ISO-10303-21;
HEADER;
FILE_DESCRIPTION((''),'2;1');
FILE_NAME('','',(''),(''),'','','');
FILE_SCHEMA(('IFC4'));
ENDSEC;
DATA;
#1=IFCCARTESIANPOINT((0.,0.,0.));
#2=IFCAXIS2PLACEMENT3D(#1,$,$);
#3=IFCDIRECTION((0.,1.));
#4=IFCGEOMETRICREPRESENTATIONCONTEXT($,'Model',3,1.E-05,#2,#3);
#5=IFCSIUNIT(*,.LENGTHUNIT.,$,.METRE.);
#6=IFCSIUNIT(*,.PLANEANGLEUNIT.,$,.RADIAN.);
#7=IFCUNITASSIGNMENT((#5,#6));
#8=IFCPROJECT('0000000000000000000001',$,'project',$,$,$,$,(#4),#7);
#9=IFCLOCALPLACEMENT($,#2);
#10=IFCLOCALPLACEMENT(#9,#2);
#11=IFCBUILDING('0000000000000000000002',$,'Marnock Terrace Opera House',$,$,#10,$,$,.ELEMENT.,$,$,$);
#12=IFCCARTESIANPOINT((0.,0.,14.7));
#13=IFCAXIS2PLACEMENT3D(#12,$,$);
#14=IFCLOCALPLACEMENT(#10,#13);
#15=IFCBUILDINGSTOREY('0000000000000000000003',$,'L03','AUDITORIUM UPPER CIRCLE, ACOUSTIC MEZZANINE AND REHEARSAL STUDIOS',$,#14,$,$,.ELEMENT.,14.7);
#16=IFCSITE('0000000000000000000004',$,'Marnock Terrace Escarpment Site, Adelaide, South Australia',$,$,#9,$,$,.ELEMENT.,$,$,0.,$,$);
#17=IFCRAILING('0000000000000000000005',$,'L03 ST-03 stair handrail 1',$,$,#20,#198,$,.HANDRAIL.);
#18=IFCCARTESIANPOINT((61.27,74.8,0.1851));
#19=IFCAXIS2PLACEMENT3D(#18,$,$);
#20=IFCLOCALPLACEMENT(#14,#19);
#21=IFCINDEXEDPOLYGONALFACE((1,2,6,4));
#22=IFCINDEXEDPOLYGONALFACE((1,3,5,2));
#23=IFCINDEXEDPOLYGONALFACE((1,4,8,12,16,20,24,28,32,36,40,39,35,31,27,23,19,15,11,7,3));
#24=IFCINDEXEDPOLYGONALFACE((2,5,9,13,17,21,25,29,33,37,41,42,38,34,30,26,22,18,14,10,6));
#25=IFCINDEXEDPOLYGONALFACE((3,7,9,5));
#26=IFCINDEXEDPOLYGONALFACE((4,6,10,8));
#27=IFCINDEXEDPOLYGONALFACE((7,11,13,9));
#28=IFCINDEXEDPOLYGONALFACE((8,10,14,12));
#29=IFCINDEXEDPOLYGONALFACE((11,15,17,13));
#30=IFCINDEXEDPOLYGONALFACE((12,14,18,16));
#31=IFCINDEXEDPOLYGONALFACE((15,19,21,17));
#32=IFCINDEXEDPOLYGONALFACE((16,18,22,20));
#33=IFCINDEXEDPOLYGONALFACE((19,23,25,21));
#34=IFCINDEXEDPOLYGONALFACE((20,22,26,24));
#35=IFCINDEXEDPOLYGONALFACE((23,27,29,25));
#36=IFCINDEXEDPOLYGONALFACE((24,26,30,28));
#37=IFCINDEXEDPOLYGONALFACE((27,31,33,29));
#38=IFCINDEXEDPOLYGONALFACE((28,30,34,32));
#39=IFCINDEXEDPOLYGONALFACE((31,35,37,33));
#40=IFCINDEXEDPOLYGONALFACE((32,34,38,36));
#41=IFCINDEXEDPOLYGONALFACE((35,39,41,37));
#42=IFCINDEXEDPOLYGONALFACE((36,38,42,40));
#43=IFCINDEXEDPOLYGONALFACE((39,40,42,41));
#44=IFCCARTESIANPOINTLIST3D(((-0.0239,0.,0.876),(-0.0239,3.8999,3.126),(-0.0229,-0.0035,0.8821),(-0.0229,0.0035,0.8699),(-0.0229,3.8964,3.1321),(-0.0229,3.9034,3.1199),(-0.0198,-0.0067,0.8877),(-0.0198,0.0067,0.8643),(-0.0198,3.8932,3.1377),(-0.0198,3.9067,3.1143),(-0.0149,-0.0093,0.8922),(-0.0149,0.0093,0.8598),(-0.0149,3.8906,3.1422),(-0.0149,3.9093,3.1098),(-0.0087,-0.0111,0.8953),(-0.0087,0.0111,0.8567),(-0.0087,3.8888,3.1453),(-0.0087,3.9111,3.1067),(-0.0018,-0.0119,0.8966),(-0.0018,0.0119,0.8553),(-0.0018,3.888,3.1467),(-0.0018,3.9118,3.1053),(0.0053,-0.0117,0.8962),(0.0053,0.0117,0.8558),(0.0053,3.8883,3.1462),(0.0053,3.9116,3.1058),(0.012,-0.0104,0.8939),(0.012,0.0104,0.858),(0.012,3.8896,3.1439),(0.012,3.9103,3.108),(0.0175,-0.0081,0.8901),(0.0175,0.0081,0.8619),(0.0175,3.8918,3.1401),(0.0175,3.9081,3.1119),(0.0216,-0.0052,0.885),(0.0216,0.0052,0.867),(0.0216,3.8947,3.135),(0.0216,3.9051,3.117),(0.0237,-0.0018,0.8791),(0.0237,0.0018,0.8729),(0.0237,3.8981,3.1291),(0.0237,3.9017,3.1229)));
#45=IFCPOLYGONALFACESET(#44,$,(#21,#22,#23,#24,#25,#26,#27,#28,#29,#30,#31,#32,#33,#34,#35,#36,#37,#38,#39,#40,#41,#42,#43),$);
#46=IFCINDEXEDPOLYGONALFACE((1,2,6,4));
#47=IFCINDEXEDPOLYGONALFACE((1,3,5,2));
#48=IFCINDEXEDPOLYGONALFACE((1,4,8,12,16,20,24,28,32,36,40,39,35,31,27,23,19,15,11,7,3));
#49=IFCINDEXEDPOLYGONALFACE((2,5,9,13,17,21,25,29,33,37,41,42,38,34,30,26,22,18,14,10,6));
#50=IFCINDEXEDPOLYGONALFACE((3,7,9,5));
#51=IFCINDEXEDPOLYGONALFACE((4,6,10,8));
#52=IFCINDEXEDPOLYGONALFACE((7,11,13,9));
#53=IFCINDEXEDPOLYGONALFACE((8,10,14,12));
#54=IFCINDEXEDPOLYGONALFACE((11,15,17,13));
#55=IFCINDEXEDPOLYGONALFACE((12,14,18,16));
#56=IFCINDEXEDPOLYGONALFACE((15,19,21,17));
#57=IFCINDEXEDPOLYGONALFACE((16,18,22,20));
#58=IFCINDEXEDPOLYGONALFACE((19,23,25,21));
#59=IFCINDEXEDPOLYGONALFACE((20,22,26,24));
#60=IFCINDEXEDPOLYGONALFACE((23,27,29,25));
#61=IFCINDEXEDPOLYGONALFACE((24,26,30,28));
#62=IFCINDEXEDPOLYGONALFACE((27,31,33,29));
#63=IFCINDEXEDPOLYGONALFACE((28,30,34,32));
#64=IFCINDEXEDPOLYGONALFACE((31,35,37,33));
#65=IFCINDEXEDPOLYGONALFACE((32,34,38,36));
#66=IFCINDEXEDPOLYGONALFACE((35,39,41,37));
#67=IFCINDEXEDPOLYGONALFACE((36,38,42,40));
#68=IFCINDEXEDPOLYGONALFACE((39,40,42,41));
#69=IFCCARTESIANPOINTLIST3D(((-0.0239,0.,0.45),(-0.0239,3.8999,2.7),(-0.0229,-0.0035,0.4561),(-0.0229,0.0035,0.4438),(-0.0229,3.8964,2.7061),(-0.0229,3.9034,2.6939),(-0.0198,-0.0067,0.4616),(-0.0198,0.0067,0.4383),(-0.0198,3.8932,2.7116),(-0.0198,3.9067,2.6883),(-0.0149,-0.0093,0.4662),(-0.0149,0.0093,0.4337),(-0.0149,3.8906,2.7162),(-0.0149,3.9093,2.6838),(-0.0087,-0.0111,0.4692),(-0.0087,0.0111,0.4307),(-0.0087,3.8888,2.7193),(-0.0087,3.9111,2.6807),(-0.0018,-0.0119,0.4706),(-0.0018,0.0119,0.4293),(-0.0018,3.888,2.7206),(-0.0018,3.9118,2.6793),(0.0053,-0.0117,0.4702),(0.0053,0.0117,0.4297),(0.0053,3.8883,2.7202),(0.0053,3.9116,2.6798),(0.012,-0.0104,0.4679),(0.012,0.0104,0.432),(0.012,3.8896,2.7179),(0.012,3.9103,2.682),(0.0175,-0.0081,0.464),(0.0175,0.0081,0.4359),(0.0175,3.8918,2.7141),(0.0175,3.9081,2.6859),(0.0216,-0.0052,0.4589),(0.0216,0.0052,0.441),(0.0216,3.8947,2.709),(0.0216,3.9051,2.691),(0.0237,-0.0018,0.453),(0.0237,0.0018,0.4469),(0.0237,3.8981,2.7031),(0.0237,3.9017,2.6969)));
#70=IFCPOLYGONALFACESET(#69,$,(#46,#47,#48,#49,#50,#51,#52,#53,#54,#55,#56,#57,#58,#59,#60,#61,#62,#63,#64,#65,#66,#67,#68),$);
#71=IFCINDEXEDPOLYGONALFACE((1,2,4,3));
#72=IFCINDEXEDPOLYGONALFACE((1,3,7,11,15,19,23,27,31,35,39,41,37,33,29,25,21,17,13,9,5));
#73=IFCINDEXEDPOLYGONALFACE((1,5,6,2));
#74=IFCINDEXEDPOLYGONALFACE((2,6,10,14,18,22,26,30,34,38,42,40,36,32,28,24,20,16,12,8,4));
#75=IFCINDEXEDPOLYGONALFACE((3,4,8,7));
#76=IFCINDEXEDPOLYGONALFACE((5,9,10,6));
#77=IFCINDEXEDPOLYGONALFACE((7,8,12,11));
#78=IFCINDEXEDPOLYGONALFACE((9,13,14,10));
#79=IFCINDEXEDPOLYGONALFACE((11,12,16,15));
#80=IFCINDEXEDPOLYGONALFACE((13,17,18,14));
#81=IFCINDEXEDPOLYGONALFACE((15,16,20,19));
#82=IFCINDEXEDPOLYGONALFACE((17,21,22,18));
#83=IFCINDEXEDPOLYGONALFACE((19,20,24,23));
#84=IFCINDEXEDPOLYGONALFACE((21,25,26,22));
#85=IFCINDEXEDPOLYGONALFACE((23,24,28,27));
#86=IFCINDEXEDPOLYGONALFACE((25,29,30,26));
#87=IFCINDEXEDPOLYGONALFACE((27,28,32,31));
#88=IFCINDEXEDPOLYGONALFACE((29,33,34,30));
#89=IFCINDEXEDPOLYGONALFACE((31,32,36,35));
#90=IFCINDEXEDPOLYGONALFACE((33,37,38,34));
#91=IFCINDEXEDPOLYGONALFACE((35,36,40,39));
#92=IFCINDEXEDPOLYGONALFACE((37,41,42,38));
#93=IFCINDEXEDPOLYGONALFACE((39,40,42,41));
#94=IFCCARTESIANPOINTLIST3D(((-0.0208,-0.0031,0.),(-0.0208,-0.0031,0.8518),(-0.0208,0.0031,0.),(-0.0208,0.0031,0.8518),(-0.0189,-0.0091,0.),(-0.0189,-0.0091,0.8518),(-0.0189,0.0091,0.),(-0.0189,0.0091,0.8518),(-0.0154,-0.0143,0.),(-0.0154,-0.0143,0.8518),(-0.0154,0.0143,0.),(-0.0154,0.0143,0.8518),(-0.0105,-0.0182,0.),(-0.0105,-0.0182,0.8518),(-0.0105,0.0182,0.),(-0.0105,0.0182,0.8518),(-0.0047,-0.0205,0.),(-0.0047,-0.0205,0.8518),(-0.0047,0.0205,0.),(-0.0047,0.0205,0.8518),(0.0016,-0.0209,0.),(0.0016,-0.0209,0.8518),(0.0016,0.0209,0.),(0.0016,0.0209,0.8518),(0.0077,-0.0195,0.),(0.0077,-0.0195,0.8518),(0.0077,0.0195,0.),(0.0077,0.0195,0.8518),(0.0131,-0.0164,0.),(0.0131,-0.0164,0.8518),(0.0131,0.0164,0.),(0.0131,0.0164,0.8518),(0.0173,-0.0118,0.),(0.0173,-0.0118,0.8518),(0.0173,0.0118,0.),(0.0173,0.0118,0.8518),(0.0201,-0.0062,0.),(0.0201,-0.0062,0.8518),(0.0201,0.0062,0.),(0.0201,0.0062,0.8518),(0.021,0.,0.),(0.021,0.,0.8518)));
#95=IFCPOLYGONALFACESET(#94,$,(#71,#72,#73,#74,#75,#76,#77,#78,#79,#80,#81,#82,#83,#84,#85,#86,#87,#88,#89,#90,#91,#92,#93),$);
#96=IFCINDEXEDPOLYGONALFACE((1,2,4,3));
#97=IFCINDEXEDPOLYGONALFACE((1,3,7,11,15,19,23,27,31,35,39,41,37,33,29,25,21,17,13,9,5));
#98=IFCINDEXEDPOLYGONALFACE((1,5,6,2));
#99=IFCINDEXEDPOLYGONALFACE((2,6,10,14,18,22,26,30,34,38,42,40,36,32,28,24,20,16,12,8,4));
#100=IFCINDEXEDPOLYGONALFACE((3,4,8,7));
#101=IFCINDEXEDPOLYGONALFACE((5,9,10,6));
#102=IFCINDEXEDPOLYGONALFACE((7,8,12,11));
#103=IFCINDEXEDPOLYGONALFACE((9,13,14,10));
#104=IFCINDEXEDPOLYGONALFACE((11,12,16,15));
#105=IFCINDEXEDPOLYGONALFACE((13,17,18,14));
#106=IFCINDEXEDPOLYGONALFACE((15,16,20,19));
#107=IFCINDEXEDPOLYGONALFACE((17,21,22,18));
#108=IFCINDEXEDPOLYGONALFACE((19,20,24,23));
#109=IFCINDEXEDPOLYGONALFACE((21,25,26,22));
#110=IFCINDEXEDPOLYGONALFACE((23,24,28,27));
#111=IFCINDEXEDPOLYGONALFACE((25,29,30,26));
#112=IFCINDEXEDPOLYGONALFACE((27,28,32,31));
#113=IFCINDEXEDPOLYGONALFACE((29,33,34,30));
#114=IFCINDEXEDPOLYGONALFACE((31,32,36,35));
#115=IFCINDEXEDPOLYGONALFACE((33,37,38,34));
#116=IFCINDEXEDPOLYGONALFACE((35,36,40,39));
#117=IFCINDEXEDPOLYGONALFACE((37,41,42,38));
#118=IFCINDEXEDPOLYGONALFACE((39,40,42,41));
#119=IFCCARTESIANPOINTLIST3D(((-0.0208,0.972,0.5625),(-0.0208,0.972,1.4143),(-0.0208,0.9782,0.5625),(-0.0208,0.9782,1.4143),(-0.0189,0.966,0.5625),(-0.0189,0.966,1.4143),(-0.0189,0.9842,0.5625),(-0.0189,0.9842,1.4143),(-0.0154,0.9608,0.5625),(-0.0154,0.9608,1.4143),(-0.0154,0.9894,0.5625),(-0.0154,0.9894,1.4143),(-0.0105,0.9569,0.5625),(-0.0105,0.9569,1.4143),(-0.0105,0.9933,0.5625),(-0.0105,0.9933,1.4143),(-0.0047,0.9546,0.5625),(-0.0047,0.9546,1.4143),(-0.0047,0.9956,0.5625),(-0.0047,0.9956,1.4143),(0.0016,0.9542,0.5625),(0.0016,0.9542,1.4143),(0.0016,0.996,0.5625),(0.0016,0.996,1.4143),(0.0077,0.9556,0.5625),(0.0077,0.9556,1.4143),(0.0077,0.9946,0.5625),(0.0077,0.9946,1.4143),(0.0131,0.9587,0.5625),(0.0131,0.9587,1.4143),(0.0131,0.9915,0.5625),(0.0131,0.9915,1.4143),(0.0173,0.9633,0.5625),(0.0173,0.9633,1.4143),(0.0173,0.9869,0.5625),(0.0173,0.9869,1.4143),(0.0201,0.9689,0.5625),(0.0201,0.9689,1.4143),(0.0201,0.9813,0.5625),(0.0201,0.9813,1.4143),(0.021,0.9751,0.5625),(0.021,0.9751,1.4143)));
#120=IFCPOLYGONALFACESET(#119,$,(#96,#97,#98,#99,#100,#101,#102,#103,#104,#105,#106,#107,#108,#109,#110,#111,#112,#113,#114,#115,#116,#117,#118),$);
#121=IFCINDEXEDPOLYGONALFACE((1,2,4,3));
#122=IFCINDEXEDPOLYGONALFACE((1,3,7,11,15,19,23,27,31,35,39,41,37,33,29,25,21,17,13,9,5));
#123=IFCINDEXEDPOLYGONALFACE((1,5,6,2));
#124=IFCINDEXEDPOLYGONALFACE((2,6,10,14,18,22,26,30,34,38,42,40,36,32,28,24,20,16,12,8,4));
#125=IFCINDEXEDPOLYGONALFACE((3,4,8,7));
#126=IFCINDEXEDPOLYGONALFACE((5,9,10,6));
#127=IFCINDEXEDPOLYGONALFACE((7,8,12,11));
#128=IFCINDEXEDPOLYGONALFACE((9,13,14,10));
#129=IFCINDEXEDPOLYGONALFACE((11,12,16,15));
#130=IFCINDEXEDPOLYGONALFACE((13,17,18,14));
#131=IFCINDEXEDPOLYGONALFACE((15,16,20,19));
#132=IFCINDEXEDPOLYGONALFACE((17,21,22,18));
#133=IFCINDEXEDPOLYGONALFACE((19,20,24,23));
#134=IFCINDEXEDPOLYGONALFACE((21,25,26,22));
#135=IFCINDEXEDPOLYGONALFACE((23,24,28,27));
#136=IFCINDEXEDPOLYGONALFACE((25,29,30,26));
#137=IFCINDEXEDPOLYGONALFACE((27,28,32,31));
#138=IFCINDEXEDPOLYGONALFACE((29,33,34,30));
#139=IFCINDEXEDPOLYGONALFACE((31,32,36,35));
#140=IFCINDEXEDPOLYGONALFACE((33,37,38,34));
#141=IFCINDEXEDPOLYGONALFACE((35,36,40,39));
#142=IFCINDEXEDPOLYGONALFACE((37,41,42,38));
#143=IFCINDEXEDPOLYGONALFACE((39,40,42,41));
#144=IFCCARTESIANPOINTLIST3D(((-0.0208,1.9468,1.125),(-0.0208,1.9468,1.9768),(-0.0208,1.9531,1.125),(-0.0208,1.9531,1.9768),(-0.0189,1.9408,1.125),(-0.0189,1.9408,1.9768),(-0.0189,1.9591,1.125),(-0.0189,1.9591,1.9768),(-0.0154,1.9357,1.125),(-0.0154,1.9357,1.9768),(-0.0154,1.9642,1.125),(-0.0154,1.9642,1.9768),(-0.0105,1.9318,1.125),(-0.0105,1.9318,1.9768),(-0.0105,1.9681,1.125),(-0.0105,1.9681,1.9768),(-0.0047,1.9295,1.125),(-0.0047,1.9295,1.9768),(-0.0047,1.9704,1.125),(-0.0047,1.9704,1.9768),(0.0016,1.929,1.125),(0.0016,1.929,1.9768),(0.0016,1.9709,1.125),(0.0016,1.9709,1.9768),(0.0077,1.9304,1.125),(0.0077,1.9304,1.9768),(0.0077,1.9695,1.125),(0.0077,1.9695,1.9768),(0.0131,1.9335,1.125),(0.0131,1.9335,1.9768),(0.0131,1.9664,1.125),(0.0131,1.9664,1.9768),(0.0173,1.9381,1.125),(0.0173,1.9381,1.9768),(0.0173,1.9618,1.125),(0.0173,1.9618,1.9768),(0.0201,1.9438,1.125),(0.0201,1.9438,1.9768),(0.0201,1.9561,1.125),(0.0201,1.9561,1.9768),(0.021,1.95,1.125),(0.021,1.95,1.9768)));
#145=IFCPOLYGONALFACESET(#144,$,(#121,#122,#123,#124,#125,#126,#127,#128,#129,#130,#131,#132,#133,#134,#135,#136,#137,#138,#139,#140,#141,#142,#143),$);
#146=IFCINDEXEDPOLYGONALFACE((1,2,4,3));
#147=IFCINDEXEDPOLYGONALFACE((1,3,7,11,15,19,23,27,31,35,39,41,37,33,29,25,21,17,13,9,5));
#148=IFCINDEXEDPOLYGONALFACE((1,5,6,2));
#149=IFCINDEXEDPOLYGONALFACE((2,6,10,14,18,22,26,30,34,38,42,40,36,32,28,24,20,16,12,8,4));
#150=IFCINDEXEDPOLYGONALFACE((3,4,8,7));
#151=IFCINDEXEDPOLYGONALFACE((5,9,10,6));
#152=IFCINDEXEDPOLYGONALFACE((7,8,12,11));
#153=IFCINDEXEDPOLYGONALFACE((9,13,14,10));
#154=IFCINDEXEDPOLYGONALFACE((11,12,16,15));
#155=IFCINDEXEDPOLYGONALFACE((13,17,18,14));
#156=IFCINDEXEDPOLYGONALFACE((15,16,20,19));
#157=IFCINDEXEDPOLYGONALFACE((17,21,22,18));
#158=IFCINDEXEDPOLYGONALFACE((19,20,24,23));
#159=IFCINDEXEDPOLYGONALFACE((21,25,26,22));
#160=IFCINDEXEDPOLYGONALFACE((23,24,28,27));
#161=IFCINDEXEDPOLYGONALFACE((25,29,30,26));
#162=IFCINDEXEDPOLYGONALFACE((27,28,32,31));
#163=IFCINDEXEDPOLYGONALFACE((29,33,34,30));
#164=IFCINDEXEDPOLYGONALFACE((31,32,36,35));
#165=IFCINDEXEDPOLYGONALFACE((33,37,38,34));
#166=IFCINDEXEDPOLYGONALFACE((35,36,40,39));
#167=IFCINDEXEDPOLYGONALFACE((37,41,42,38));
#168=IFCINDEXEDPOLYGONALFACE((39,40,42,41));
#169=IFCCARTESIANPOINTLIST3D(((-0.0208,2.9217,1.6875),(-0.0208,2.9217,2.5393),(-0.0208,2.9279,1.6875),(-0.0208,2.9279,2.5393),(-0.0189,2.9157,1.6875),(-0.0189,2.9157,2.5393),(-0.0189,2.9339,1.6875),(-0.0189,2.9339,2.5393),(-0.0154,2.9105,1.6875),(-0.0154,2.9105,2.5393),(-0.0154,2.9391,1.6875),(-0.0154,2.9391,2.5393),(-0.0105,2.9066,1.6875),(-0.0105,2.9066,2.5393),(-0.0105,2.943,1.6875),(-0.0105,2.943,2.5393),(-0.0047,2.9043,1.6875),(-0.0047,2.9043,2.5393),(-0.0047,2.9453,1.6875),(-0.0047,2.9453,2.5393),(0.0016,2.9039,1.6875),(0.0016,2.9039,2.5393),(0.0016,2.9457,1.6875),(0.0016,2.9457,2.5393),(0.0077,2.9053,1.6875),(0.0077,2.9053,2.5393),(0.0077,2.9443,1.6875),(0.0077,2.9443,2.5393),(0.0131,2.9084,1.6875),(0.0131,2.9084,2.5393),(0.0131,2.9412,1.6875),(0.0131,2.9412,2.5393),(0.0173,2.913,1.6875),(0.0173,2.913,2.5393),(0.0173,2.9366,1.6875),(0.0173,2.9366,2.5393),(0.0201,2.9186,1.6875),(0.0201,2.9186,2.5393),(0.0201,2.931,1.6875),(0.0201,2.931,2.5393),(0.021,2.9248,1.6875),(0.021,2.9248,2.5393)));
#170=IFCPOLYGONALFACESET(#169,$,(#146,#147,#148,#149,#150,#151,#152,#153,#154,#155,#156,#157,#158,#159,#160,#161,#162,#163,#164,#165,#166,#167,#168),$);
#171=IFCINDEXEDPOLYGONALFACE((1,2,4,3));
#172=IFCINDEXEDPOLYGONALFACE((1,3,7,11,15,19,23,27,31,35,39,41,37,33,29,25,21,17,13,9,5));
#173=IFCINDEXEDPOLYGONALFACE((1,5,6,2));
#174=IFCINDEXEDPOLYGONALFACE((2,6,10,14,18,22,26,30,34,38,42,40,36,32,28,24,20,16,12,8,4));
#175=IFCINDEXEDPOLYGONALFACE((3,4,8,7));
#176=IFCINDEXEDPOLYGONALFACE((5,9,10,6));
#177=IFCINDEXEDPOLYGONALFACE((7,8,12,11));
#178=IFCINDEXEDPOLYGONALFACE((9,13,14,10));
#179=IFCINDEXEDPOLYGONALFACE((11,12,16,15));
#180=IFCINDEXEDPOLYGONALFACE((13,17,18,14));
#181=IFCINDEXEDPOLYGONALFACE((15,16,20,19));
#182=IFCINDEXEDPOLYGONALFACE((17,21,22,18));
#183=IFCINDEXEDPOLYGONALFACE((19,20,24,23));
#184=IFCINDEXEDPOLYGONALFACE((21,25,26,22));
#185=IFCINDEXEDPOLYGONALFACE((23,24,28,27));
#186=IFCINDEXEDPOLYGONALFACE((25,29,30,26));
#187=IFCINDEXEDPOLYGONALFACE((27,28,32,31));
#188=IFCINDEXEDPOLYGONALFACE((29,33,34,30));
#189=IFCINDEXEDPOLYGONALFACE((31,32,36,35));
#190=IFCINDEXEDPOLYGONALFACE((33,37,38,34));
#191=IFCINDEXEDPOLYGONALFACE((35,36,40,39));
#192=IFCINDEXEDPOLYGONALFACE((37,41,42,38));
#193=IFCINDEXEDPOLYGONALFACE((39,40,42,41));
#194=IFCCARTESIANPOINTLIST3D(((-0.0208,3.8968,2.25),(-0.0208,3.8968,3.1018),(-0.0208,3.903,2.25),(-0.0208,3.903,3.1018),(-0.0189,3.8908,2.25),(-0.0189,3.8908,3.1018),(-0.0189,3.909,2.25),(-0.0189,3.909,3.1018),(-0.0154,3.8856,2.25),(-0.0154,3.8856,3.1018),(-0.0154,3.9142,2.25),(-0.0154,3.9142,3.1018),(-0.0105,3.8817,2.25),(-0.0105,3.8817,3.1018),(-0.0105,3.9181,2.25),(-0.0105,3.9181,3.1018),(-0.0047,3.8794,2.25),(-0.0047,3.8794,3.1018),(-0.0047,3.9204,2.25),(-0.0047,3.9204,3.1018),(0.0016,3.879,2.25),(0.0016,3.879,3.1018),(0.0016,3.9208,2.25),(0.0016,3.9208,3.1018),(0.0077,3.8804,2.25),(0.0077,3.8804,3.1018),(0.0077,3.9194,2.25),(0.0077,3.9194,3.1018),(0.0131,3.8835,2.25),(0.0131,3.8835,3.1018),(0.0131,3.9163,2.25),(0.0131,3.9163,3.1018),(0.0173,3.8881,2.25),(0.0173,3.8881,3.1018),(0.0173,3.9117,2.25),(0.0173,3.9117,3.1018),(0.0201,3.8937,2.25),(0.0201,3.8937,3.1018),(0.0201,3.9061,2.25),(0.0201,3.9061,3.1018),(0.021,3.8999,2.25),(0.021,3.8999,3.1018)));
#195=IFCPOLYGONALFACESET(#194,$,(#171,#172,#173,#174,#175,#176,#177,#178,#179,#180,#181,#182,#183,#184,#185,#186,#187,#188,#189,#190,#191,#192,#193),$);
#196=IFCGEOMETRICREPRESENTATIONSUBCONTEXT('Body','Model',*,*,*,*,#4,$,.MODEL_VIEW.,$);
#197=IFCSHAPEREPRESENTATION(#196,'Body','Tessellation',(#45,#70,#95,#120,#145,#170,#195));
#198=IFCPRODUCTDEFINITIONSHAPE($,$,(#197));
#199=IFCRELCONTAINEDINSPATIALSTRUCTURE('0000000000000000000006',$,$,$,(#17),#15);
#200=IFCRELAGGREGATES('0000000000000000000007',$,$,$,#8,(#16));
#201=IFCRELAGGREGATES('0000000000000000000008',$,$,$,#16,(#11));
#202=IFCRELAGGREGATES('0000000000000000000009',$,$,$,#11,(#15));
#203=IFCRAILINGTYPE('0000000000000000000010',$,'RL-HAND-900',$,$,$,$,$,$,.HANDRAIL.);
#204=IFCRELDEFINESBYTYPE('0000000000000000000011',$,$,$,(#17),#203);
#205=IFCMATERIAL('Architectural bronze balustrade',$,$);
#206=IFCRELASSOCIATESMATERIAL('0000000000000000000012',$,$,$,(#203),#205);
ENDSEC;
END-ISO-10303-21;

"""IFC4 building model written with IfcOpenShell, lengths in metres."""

from ifc_helpers import new_model, si_unit, direction, frame, origin, origin_2d, place, context, subcontext, project, spatial, circle, extrude, material, type_object, element, save


model = new_model("IFC4")

# Units and contexts
model_context = context("Model", 3, precision=1e-05, world=origin(), true_north=direction((0.0, 1.0)))
body_context = subcontext(model_context, "Body", "Model", "MODEL_VIEW")
ifc_project = project(units=[si_unit("LENGTHUNIT", "METRE"), si_unit("PLANEANGLEUNIT", "RADIAN")], contexts=[model_context])

# Site, building, storey
site_placement = place(None, origin())
site = spatial("IfcSite", under=ifc_project, at=site_placement, Name="Marnock Terrace Escarpment Site, Adelaide, South Australia", CompositionType="ELEMENT", RefElevation=0.0)
building_placement = place(site_placement, origin())
building = spatial("IfcBuilding", under=site, at=building_placement, Name="Marnock Terrace Opera House", CompositionType="ELEMENT")
storey_placement = place(building_placement, frame((0.0, 0.0, 14.7)))
storey = spatial("IfcBuildingStorey", under=building, at=storey_placement, Name="L03", Description="AUDITORIUM UPPER CIRCLE, ACOUSTIC MEZZANINE AND REHEARSAL STUDIOS", CompositionType="ELEMENT", Elevation=14.7)

# Railing
ifc_material_1 = material(Name="Architectural bronze balustrade")
railing_type_1 = type_object("IfcRailingType", Name="RL-HAND-900", PredefinedType="HANDRAIL", material=ifc_material_1)
railing_1_placement = place(storey_placement, frame((61.27, 74.8, 0.1851)))
element("IfcRailing", 1, at=railing_1_placement, inside=storey, type_object=railing_type_1, Name="L03 ST-03 stair handrail 1", PredefinedType="HANDRAIL", context=body_context, shape_type="SweptSolid", body=[
    extrude(circle(Radius=0.0239, at=origin_2d()), frame((0.0, 0.0, 0.876), z_axis=(0.0, 0.86618, 0.499732), x_axis=(-1.0, 0.0, 0.0)), (0.0, 0.0, 1.0), 4.5024),
    extrude(circle(Radius=0.0239, at=origin_2d()), frame((0.0, 0.0, 0.45), z_axis=(0.0, 0.86618, 0.499732), x_axis=(-1.0, 0.0, 0.0)), (0.0, 0.0, 1.0), 4.5024),
    extrude(circle(Radius=0.021, at=origin_2d()), origin(), (0.0, 0.0, 1.0), 0.8518),
    extrude(circle(Radius=0.021, at=origin_2d()), frame((0.0, 0.9751, 0.5625)), (0.0, 0.0, 1.0), 0.8518),
    extrude(circle(Radius=0.021, at=origin_2d()), frame((0.0, 1.95, 1.125)), (0.0, 0.0, 1.0), 0.8518),
    extrude(circle(Radius=0.021, at=origin_2d()), frame((0.0, 2.9248, 1.6875)), (0.0, 0.0, 1.0), 0.8518),
    extrude(circle(Radius=0.021, at=origin_2d()), frame((0.0, 3.8999, 2.25)), (0.0, 0.0, 1.0), 0.8518),
])

save(model, "model.ifc")
